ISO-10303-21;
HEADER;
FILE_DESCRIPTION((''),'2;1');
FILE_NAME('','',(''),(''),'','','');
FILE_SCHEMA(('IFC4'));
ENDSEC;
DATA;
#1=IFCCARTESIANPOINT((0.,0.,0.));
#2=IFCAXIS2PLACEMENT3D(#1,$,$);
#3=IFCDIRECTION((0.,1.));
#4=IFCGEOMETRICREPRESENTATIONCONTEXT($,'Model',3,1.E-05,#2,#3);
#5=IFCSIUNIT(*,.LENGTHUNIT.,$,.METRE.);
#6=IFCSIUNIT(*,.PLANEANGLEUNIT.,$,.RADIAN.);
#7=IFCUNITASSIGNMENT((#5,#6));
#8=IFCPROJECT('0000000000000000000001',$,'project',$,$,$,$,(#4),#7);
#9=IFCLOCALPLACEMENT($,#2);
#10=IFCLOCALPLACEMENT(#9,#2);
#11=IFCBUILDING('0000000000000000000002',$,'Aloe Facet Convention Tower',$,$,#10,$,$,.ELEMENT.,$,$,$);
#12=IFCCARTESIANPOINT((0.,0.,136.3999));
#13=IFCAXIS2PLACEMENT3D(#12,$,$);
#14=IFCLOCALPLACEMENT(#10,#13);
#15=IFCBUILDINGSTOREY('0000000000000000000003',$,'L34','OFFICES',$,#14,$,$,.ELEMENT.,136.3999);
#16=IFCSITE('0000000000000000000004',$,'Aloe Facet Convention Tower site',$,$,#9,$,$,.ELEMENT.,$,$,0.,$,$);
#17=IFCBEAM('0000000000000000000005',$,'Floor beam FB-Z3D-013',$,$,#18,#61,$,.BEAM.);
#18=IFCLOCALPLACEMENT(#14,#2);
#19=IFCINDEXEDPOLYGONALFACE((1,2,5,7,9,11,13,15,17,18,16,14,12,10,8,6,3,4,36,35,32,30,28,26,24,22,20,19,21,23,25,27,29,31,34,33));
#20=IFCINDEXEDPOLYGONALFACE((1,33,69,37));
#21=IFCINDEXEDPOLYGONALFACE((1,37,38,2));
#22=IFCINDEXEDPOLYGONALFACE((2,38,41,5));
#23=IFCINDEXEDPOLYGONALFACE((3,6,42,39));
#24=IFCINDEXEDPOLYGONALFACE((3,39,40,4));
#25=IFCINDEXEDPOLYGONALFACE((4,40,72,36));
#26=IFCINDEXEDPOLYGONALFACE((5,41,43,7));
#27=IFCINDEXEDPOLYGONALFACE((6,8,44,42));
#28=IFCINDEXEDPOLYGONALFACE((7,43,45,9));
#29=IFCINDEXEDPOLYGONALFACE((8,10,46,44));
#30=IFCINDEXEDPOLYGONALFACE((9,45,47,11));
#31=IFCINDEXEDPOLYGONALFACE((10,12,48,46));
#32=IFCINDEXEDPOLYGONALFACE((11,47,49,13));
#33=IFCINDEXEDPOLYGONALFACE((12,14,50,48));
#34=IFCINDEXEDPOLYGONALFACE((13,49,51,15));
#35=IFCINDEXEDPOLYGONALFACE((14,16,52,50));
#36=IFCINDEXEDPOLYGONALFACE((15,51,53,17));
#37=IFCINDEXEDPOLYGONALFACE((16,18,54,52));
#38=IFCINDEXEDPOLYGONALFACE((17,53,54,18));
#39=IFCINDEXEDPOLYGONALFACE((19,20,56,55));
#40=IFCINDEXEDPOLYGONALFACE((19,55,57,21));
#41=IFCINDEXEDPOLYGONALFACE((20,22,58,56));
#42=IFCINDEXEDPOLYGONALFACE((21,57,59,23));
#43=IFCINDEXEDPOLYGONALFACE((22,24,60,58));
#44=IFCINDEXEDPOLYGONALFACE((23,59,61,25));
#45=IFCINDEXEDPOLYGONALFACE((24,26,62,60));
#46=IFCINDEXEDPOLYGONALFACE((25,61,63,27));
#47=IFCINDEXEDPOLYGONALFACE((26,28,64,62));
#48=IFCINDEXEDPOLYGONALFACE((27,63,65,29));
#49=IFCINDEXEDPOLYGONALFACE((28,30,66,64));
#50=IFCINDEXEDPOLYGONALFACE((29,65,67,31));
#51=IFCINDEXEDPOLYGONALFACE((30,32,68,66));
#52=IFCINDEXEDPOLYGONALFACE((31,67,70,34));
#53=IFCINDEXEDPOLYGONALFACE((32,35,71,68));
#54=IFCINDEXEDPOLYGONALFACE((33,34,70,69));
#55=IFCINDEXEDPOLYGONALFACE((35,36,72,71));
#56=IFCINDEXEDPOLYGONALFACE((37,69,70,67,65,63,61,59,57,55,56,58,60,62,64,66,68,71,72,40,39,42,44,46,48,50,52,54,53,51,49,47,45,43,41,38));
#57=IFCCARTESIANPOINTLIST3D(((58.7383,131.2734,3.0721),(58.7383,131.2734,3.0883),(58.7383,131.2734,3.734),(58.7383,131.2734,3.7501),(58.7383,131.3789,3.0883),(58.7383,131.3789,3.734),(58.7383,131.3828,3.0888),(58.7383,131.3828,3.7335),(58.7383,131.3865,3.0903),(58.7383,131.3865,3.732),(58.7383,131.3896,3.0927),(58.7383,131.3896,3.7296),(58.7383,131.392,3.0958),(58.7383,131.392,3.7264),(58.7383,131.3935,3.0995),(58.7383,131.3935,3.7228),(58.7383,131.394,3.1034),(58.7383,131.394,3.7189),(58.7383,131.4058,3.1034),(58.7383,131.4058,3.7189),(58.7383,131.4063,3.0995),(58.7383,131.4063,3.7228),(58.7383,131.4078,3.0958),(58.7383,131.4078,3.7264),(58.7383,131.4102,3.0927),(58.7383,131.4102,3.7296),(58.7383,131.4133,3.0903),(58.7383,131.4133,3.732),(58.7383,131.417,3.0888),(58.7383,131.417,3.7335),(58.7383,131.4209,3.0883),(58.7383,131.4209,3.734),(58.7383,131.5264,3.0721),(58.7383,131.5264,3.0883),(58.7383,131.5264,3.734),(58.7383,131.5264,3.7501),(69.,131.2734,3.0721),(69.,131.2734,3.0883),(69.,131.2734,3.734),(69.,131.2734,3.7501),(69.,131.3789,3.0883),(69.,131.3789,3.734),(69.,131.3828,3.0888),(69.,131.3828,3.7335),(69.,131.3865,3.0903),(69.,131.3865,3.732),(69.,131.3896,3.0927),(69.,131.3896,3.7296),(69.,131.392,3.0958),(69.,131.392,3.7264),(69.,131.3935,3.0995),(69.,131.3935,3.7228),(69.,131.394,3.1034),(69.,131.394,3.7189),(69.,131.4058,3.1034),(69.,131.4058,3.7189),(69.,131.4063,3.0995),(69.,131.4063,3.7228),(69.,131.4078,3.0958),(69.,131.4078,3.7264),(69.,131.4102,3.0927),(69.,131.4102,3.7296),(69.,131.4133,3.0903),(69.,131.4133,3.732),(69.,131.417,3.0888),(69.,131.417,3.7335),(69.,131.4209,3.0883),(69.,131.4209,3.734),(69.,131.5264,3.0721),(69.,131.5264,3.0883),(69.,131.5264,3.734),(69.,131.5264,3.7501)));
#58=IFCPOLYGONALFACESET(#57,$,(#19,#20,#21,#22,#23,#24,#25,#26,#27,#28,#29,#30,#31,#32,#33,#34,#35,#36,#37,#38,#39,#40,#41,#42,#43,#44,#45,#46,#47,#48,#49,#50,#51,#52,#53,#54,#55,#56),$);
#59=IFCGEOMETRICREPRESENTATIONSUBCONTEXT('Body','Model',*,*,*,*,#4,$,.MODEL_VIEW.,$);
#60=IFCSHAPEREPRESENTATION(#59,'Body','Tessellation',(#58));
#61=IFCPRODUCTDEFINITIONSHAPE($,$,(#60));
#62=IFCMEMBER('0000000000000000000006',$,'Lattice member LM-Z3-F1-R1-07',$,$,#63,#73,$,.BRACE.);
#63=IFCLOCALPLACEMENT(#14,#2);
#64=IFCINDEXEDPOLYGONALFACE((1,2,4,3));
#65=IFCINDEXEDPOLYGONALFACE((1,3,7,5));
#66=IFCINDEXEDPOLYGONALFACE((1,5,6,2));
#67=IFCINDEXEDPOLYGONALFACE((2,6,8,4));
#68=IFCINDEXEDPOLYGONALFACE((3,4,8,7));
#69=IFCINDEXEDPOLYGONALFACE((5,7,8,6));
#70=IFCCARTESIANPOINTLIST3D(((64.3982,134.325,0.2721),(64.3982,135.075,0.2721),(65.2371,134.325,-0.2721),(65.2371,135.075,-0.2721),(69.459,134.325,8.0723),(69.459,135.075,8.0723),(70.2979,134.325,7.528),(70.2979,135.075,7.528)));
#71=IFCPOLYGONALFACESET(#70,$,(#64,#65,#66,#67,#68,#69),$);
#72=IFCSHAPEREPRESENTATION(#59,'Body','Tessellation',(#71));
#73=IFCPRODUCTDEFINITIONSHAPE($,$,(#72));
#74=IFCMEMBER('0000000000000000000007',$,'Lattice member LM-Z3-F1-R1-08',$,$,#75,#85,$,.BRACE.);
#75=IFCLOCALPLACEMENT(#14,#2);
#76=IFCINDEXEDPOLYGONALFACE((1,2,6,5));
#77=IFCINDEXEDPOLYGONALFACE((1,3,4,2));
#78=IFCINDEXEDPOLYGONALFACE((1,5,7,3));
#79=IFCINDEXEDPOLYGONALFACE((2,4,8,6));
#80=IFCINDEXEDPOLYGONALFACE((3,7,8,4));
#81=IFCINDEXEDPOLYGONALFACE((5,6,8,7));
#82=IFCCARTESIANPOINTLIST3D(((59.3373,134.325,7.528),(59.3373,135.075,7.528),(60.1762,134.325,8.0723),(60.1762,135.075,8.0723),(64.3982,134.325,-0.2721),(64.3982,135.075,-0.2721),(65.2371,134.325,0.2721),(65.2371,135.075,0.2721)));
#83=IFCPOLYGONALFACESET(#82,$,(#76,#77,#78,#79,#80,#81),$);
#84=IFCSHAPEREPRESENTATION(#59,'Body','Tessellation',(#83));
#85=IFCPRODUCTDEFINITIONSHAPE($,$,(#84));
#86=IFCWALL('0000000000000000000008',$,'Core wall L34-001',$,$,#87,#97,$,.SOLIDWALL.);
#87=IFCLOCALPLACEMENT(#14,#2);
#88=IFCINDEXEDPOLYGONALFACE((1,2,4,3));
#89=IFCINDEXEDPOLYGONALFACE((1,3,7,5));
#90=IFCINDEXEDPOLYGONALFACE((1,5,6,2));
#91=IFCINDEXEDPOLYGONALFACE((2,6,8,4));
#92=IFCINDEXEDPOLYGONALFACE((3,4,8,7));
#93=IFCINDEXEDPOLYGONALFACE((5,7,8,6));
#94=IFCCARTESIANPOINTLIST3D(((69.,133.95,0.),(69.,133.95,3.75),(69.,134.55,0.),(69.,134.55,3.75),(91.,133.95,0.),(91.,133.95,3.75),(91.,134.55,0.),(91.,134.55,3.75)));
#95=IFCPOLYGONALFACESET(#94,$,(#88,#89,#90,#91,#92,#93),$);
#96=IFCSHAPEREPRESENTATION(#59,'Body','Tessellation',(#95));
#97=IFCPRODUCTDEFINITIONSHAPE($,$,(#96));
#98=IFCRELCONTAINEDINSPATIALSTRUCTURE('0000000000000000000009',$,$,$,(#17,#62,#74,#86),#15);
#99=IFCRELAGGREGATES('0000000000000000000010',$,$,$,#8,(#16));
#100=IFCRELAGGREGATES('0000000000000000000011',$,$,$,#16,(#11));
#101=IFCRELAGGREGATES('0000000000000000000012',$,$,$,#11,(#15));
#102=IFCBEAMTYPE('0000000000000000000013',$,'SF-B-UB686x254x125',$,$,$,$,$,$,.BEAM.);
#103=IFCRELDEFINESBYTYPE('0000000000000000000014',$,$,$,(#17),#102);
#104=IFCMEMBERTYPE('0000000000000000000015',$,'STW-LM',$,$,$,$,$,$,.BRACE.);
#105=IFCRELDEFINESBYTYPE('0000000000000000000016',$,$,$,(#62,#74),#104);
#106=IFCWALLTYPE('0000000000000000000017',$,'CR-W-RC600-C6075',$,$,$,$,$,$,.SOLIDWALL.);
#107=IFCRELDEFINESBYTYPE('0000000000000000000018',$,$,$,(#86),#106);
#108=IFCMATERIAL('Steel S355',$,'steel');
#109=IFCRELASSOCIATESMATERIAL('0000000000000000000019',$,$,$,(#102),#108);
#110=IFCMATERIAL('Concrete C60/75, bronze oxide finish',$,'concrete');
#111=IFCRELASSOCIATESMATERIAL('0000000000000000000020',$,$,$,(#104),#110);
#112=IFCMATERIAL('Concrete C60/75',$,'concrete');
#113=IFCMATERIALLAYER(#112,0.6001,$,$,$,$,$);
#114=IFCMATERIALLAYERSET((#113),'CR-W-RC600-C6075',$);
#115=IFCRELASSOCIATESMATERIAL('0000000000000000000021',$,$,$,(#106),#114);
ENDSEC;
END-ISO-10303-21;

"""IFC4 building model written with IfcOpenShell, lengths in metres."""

from ifc_helpers import new_model, si_unit, direction, frame, frame_2d, origin, origin_2d, place, context, subcontext, project, spatial, rectangle, i_section, extrude, material, layer, layer_set, material_profile, profile_set, type_object, element, save


model = new_model("IFC4")

# Units and contexts
model_context = context("Model", 3, precision=1e-05, world=origin(), true_north=direction((0.0, 1.0)))
body_context = subcontext(model_context, "Body", "Model", "MODEL_VIEW")
ifc_project = project(units=[si_unit("LENGTHUNIT", "METRE"), si_unit("PLANEANGLEUNIT", "RADIAN")], contexts=[model_context])

# Site, building, storey
site_placement = place(None, origin())
site = spatial("IfcSite", under=ifc_project, at=site_placement, Name="Aloe Facet Convention Tower site", CompositionType="ELEMENT", RefElevation=0.0)
building_placement = place(site_placement, origin())
building = spatial("IfcBuilding", under=site, at=building_placement, Name="Aloe Facet Convention Tower", CompositionType="ELEMENT")
storey_placement = place(building_placement, frame((0.0, 0.0, 136.3999)))
storey = spatial("IfcBuildingStorey", under=building, at=storey_placement, Name="L34", Description="OFFICES", CompositionType="ELEMENT", Elevation=136.3999)

# Beam
ifc_material_1 = material(Name="Steel S355", Category="steel")
ifc_material_profile_1 = material_profile(ifc_material_1, i_section(OverallWidth=0.2529, OverallDepth=0.678, WebThickness=0.0117, FlangeThickness=0.0161, FilletRadius=0.0151, at=origin_2d()), Name="UB 686x254x125")
ifc_profile_set_1 = profile_set([ifc_material_profile_1], Name="Steel S355")
beam_type_1 = type_object("IfcBeamType", Name="SF-B-UB686x254x125", PredefinedType="BEAM", material=ifc_profile_set_1)
beam_1_placement = place(storey_placement, frame((58.7383, 131.3999, 3.4111), z_axis=(1.0, 0.0, 0.0), x_axis=(0.0, 1.0, 0.0)))
element("IfcBeam", 1, at=beam_1_placement, inside=storey, type_object=beam_type_1, Name="Floor beam FB-Z3D-013", PredefinedType="BEAM", context=body_context, shape_type="SweptSolid", body=[
    extrude(i_section(OverallWidth=0.2529, OverallDepth=0.678, WebThickness=0.0117, FlangeThickness=0.0161, FilletRadius=0.0151, at=origin_2d()), origin(), (0.0, 0.0, 1.0), 10.2617),
])

# Members
ifc_material_2 = material(Name="Concrete C60/75, bronze oxide finish", Category="concrete")
ifc_material_profile_2 = material_profile(ifc_material_2, rectangle(XDim=0.75, YDim=1.0, at=origin_2d()), Name="STW-LM")
ifc_profile_set_2 = profile_set([ifc_material_profile_2], Name="Concrete C60/75, bronze oxide finish")
member_type = type_object("IfcMemberType", Name="STW-LM", PredefinedType="BRACE", material=ifc_profile_set_2)
for number, where, z_axis, x_axis, name in (
    (2, (64.8176, 134.7, 0.0), (0.54429, 0.0, 0.838897), (0.0, 1.0, 0.0), "Lattice member LM-Z3-F1-R1-07"),
    (3, (64.8176, 134.7, 0.0), (-0.54429, 0.0, 0.838897), (0.0, -1.0, 0.0), "Lattice member LM-Z3-F1-R1-08"),
):
    element("IfcMember", number, at=place(storey_placement, frame(where, z_axis=z_axis, x_axis=x_axis)), inside=storey, type_object=member_type, Name=name, PredefinedType="BRACE", context=body_context, shape_type="SweptSolid", body=[
        extrude(rectangle(XDim=0.75, YDim=1.0, at=origin_2d()), origin(), (0.0, 0.0, 1.0), 9.2981),
    ])

# Wall
ifc_material_3 = material(Name="Concrete C60/75", Category="concrete")
ifc_layer_1 = layer(ifc_material_3, 0.6001)
ifc_layer_set_1 = layer_set([ifc_layer_1], Name="CR-W-RC600-C6075")
wall_type_1 = type_object("IfcWallType", Name="CR-W-RC600-C6075", PredefinedType="SOLIDWALL", material=ifc_layer_set_1)
wall_1_placement = place(storey_placement, frame((69.0, 134.25, 0.0), z_axis=(0.0, 0.0, 1.0), x_axis=(1.0, 0.0, 0.0)))
element("IfcWall", 4, at=wall_1_placement, inside=storey, type_object=wall_type_1, Name="Core wall L34-001", PredefinedType="SOLIDWALL", context=body_context, shape_type="SweptSolid", body=[
    extrude(rectangle(XDim=22.0, YDim=0.6001, at=frame_2d((11.0, 0.0))), origin(), (0.0, 0.0, 1.0), 3.75),
])

save(model, "model.ifc")
